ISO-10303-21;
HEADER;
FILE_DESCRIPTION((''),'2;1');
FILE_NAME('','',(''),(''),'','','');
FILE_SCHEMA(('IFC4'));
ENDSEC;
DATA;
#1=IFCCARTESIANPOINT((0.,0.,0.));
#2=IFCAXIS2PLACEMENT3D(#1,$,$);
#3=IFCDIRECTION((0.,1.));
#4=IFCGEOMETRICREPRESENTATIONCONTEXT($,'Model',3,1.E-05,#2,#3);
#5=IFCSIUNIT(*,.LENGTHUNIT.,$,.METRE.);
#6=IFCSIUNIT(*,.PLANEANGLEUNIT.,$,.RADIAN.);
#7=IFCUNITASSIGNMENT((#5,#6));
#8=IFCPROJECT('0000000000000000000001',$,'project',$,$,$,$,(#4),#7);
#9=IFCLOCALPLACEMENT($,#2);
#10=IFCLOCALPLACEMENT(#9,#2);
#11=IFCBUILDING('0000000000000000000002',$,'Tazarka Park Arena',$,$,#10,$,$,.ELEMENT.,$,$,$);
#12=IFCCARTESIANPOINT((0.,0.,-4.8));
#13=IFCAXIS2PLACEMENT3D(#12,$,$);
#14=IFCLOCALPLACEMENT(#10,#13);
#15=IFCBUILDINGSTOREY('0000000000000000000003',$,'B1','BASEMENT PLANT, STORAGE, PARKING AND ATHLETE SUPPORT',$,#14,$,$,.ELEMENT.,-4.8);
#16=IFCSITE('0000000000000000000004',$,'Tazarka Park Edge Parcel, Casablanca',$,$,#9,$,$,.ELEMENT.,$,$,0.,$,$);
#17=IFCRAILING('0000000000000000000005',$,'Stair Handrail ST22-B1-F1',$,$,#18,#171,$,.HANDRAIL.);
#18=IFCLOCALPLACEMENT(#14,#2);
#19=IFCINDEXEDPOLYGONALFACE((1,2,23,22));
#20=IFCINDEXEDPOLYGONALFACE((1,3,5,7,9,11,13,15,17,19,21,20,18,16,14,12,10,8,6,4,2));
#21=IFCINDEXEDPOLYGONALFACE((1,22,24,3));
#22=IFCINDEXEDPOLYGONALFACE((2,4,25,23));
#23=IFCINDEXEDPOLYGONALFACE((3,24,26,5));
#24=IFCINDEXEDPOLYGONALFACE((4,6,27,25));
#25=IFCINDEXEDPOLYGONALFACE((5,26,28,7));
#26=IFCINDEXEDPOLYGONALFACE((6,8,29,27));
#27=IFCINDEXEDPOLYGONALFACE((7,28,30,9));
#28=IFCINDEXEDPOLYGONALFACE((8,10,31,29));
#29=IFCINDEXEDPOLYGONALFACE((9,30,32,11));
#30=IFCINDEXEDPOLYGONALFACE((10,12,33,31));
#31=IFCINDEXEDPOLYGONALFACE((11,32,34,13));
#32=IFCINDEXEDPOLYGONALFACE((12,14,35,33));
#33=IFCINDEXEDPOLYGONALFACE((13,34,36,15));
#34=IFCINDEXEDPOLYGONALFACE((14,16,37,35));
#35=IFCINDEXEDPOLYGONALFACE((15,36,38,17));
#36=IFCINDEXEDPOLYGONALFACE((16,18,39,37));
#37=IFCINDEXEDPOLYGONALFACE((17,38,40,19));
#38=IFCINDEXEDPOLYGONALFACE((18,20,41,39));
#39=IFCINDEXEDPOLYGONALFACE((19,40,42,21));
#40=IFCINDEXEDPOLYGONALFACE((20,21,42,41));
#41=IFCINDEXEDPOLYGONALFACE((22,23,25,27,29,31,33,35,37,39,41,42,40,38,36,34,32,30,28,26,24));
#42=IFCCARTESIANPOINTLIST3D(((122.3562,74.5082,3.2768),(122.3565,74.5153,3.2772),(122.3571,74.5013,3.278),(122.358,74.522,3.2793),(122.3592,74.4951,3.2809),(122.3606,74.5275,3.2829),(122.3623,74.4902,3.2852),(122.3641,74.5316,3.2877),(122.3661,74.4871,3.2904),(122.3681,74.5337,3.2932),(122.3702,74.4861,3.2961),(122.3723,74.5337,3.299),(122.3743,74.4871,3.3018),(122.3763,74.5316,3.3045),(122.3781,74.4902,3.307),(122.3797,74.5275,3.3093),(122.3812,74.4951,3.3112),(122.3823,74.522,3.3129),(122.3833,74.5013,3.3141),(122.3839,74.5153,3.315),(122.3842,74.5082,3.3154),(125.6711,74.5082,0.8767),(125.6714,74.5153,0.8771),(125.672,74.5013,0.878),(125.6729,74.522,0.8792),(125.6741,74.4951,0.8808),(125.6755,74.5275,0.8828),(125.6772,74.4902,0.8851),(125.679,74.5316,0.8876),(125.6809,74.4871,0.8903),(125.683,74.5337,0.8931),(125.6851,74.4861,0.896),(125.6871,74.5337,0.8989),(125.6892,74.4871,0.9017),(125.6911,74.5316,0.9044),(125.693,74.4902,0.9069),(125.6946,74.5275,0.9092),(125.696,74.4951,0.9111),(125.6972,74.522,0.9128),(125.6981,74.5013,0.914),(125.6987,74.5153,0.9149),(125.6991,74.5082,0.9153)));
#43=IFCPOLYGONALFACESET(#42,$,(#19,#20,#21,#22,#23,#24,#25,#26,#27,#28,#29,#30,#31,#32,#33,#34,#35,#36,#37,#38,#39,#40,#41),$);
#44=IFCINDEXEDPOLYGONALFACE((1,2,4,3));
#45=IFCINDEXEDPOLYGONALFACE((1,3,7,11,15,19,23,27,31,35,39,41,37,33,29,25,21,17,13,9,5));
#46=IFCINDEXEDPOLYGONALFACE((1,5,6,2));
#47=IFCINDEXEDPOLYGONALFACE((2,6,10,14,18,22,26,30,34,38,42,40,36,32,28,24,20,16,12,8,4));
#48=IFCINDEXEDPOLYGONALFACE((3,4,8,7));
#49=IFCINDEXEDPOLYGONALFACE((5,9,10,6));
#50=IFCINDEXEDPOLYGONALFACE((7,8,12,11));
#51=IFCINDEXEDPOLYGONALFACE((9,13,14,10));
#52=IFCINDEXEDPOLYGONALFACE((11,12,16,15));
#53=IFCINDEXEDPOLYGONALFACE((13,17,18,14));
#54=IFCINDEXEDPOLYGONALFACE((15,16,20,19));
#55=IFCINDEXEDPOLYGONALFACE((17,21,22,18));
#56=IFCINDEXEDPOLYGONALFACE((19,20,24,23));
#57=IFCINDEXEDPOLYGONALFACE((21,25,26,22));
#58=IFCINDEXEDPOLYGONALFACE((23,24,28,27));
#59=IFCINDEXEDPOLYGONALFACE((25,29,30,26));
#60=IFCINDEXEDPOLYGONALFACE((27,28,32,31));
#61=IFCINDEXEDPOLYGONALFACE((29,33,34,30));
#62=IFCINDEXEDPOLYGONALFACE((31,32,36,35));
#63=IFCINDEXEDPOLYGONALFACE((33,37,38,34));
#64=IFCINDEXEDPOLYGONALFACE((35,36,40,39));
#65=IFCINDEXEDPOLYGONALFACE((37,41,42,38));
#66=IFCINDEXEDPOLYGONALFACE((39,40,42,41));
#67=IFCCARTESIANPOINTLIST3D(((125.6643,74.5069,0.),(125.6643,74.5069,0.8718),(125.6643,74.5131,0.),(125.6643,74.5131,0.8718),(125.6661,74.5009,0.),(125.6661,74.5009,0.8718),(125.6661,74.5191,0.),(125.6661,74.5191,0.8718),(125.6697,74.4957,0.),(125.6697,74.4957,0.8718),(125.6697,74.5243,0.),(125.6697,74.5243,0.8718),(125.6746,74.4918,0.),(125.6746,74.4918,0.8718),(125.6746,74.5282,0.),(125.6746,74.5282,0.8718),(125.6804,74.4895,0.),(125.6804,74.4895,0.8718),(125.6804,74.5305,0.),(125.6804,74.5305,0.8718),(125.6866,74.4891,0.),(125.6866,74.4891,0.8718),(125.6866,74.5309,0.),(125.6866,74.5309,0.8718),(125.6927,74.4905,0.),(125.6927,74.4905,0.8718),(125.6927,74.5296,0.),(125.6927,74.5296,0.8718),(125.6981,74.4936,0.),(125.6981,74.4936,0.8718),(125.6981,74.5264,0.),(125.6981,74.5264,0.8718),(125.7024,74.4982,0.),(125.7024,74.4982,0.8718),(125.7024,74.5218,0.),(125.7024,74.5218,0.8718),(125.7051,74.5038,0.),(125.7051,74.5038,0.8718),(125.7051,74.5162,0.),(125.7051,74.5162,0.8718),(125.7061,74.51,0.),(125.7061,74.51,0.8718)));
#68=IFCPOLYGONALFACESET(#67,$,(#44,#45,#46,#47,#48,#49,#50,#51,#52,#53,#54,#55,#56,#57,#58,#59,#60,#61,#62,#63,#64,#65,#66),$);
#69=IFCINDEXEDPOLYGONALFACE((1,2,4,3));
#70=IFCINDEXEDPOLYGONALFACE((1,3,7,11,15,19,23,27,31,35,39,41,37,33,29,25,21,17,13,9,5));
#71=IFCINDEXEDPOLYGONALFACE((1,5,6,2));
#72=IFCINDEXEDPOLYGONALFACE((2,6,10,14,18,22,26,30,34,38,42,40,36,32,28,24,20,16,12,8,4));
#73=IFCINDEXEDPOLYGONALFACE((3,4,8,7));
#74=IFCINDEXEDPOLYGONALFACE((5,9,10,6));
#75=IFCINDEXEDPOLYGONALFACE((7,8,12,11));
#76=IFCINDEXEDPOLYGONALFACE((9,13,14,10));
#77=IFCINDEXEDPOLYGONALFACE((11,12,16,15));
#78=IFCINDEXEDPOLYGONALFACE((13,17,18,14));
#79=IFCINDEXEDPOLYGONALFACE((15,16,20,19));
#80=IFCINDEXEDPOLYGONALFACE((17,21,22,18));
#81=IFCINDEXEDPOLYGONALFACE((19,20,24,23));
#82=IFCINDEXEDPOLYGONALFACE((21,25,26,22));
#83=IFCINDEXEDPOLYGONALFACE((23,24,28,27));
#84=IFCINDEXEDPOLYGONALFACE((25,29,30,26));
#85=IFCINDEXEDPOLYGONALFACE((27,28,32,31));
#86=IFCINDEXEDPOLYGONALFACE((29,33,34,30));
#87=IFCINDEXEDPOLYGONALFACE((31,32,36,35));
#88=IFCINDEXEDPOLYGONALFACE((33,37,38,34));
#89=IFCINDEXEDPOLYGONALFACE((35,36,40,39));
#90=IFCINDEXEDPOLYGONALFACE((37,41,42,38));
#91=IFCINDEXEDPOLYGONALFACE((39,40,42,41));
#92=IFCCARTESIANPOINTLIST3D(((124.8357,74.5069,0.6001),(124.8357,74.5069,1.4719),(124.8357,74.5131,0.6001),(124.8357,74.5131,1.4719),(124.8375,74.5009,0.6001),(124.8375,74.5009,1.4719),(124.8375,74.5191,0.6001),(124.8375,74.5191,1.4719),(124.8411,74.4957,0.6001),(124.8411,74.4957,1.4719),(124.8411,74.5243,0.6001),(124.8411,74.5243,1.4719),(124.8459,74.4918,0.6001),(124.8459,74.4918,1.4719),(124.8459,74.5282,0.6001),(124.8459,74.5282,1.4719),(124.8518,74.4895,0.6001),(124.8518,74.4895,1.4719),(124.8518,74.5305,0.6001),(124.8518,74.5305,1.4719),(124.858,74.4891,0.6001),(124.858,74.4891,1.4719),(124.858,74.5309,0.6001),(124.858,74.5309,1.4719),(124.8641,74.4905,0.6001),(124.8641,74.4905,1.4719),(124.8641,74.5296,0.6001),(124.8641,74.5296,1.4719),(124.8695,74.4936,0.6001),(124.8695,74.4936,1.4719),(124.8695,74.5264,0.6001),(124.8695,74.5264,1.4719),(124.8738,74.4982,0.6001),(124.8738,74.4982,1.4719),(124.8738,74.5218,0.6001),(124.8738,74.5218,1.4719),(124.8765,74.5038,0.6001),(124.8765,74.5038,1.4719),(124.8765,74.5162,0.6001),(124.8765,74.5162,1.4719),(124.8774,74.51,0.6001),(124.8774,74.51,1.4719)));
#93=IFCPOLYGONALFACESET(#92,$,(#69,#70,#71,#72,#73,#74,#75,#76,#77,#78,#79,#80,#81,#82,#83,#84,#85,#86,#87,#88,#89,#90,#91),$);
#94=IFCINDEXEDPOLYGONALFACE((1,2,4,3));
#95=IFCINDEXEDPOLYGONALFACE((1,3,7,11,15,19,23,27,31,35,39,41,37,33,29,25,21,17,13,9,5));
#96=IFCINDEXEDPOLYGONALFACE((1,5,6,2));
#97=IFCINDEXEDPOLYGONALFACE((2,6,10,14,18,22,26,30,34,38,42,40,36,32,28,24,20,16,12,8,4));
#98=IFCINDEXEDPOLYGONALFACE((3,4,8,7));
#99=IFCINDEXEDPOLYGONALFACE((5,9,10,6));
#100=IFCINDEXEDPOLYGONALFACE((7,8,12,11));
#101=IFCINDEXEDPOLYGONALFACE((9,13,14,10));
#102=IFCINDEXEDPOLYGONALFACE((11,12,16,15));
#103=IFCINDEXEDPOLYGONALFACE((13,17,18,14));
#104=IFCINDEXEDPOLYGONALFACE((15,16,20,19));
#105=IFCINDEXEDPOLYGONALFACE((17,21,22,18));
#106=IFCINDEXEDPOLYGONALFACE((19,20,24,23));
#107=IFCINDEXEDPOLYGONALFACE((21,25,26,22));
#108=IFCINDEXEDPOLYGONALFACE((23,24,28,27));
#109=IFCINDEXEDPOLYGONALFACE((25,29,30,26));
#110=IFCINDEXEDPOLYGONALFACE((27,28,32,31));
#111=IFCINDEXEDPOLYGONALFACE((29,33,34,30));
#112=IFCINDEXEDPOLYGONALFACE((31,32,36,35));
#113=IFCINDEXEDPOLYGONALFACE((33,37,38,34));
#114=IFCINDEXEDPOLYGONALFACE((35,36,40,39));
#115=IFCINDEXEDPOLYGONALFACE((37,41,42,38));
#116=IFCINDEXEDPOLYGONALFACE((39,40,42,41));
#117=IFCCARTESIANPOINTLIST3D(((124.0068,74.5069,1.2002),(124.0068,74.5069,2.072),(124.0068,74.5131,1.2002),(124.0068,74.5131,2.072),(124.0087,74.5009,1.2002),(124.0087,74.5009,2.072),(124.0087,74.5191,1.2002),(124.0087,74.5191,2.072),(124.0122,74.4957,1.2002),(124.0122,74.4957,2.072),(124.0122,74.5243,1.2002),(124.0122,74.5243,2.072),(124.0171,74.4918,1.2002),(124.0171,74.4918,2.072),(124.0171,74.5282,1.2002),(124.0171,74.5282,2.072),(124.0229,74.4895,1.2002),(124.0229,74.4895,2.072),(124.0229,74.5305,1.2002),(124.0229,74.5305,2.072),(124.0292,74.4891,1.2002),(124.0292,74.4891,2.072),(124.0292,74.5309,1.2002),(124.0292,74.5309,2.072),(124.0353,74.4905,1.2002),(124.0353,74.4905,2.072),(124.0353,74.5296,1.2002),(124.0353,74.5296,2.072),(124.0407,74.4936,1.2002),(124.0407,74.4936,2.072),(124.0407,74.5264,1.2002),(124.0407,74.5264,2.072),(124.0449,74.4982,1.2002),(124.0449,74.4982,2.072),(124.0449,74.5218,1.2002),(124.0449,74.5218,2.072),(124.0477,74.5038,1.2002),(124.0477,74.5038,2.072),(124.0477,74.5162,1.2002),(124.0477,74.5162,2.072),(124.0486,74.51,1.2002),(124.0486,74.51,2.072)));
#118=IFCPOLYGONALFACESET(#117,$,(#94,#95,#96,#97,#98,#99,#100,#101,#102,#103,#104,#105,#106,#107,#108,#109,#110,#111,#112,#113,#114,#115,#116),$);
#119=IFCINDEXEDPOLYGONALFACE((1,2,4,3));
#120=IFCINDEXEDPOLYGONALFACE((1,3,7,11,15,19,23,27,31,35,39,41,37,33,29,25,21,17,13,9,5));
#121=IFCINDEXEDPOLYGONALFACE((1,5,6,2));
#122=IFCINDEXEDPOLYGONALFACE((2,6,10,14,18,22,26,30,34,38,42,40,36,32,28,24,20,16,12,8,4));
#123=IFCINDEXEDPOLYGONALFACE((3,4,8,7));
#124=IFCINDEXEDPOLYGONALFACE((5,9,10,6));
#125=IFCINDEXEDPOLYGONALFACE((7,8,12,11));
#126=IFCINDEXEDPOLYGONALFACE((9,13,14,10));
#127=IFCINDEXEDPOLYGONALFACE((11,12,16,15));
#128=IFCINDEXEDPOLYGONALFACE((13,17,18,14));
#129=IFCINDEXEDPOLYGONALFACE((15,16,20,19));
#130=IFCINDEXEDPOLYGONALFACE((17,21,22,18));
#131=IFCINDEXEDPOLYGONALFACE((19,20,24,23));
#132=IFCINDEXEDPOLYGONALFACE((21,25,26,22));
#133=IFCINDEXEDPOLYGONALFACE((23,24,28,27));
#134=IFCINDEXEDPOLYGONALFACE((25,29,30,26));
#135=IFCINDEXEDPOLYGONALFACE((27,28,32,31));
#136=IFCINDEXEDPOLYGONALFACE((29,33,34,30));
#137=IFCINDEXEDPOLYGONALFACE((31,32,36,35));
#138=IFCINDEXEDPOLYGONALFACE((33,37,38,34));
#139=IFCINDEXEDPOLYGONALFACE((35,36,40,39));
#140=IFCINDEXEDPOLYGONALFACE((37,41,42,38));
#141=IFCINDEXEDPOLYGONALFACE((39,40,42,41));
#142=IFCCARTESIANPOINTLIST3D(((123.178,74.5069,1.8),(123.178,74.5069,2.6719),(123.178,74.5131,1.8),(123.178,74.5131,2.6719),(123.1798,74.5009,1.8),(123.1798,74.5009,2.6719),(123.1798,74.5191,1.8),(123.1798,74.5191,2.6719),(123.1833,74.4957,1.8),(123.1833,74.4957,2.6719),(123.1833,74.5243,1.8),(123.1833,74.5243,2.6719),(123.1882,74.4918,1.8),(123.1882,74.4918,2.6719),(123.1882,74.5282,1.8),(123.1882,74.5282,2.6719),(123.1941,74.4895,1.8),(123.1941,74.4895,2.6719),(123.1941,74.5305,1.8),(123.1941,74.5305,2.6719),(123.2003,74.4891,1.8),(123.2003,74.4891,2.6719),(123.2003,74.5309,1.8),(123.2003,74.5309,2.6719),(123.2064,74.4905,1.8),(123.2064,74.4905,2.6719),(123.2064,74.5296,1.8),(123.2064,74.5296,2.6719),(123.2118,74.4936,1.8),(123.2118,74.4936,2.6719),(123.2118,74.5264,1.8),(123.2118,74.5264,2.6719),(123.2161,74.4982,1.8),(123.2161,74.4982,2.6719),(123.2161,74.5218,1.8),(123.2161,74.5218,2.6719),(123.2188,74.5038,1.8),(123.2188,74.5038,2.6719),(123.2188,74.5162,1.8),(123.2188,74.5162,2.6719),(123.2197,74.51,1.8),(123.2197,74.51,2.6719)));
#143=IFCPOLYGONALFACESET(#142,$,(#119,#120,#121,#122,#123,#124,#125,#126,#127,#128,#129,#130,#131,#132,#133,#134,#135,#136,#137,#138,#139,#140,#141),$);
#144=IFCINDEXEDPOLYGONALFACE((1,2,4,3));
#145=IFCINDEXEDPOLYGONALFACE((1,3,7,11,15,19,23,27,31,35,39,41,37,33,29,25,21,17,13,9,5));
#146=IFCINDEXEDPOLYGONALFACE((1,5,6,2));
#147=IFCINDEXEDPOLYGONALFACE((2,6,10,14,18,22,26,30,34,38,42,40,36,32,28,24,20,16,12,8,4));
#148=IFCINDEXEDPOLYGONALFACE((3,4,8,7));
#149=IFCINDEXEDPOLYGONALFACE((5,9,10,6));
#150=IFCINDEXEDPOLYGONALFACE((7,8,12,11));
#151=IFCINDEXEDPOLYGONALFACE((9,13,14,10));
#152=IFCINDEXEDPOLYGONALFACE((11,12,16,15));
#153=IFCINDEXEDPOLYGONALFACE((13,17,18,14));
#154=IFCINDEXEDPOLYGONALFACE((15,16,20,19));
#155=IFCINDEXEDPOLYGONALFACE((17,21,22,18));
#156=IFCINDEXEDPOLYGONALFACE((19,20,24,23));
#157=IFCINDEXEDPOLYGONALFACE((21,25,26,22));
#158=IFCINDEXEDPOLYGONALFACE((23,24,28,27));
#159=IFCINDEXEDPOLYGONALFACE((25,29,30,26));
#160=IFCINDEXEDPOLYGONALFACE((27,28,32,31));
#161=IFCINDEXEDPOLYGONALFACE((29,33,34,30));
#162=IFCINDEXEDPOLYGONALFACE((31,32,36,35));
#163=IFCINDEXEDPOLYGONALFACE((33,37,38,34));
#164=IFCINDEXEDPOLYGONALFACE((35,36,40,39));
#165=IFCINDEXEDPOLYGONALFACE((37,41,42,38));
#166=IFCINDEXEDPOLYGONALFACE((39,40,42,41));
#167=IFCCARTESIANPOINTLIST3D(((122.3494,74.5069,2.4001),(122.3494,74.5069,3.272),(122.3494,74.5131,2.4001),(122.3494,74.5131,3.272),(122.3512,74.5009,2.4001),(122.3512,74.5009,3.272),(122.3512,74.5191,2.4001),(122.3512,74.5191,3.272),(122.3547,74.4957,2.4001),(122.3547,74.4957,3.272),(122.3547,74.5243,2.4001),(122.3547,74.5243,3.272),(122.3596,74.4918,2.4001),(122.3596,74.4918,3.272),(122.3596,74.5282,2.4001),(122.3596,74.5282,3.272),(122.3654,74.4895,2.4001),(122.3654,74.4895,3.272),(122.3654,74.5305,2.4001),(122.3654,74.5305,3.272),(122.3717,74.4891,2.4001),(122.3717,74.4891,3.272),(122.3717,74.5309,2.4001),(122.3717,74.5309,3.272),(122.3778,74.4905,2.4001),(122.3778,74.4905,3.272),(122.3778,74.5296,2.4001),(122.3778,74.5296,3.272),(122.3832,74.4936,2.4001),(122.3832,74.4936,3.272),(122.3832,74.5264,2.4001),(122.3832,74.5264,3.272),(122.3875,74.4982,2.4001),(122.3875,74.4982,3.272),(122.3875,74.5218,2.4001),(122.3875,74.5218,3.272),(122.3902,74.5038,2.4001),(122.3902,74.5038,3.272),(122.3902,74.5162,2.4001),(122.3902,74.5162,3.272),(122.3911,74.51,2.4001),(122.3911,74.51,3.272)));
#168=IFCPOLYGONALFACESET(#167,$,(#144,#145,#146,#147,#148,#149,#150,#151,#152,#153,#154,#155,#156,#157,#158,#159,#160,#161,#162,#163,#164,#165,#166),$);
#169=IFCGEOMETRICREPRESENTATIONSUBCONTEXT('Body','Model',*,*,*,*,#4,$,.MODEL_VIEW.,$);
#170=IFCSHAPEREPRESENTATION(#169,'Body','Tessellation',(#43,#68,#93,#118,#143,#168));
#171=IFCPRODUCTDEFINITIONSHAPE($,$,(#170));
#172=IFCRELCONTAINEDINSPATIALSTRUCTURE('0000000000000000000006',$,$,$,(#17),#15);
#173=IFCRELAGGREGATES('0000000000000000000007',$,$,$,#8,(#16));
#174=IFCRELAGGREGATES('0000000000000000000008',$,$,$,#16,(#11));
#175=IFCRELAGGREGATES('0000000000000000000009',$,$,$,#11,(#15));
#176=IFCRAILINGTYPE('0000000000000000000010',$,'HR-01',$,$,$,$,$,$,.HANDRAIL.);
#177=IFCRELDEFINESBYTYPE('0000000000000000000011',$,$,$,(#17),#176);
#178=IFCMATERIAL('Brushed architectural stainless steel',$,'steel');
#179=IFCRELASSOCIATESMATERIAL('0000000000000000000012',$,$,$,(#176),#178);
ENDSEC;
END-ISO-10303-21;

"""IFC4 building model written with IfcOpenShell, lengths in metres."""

from ifc_helpers import new_model, si_unit, direction, frame, origin, origin_2d, place, context, subcontext, project, spatial, circle, extrude, material, type_object, element, save


model = new_model("IFC4")

# Units and contexts
model_context = context("Model", 3, precision=1e-05, world=origin(), true_north=direction((0.0, 1.0)))
body_context = subcontext(model_context, "Body", "Model", "MODEL_VIEW")
ifc_project = project(units=[si_unit("LENGTHUNIT", "METRE"), si_unit("PLANEANGLEUNIT", "RADIAN")], contexts=[model_context])

# Site, building, storey
site_placement = place(None, origin())
site = spatial("IfcSite", under=ifc_project, at=site_placement, Name="Tazarka Park Edge Parcel, Casablanca", CompositionType="ELEMENT", RefElevation=0.0)
building_placement = place(site_placement, origin())
building = spatial("IfcBuilding", under=site, at=building_placement, Name="Tazarka Park Arena", CompositionType="ELEMENT")
storey_placement = place(building_placement, frame((0.0, 0.0, -4.8)))
storey = spatial("IfcBuildingStorey", under=building, at=storey_placement, Name="B1", Description="BASEMENT PLANT, STORAGE, PARKING AND ATHLETE SUPPORT", CompositionType="ELEMENT", Elevation=-4.8)

# Railing
ifc_material_1 = material(Name="Brushed architectural stainless steel", Category="steel")
railing_type_1 = type_object("IfcRailingType", Name="HR-01", PredefinedType="HANDRAIL", material=ifc_material_1)
railing_1_placement = place(storey_placement, frame((125.6851, 74.51, 0.0)))
element("IfcRailing", 1, at=railing_1_placement, inside=storey, type_object=railing_type_1, Name="Stair Handrail ST22-B1-F1", PredefinedType="HANDRAIL", context=body_context, shape_type="SweptSolid", body=[
    extrude(circle(Radius=0.0239, at=origin_2d()), frame((0.0, 0.0, 0.896), z_axis=(-0.80998, 0.0, 0.586457), x_axis=(0.0, -1.0, 0.0)), (0.0, 0.0, 1.0), 4.0925),
    extrude(circle(Radius=0.021, at=origin_2d()), origin(), (0.0, 0.0, 1.0), 0.8718),
    extrude(circle(Radius=0.021, at=origin_2d()), frame((-0.8286, 0.0, 0.6001)), (0.0, 0.0, 1.0), 0.8718),
    extrude(circle(Radius=0.021, at=origin_2d()), frame((-1.6575, 0.0, 1.2002)), (0.0, 0.0, 1.0), 0.8718),
    extrude(circle(Radius=0.021, at=origin_2d()), frame((-2.4863, 0.0, 1.8)), (0.0, 0.0, 1.0), 0.8718),
    extrude(circle(Radius=0.021, at=origin_2d()), frame((-3.3149, 0.0, 2.4001)), (0.0, 0.0, 1.0), 0.8718),
])

save(model, "model.ifc")
